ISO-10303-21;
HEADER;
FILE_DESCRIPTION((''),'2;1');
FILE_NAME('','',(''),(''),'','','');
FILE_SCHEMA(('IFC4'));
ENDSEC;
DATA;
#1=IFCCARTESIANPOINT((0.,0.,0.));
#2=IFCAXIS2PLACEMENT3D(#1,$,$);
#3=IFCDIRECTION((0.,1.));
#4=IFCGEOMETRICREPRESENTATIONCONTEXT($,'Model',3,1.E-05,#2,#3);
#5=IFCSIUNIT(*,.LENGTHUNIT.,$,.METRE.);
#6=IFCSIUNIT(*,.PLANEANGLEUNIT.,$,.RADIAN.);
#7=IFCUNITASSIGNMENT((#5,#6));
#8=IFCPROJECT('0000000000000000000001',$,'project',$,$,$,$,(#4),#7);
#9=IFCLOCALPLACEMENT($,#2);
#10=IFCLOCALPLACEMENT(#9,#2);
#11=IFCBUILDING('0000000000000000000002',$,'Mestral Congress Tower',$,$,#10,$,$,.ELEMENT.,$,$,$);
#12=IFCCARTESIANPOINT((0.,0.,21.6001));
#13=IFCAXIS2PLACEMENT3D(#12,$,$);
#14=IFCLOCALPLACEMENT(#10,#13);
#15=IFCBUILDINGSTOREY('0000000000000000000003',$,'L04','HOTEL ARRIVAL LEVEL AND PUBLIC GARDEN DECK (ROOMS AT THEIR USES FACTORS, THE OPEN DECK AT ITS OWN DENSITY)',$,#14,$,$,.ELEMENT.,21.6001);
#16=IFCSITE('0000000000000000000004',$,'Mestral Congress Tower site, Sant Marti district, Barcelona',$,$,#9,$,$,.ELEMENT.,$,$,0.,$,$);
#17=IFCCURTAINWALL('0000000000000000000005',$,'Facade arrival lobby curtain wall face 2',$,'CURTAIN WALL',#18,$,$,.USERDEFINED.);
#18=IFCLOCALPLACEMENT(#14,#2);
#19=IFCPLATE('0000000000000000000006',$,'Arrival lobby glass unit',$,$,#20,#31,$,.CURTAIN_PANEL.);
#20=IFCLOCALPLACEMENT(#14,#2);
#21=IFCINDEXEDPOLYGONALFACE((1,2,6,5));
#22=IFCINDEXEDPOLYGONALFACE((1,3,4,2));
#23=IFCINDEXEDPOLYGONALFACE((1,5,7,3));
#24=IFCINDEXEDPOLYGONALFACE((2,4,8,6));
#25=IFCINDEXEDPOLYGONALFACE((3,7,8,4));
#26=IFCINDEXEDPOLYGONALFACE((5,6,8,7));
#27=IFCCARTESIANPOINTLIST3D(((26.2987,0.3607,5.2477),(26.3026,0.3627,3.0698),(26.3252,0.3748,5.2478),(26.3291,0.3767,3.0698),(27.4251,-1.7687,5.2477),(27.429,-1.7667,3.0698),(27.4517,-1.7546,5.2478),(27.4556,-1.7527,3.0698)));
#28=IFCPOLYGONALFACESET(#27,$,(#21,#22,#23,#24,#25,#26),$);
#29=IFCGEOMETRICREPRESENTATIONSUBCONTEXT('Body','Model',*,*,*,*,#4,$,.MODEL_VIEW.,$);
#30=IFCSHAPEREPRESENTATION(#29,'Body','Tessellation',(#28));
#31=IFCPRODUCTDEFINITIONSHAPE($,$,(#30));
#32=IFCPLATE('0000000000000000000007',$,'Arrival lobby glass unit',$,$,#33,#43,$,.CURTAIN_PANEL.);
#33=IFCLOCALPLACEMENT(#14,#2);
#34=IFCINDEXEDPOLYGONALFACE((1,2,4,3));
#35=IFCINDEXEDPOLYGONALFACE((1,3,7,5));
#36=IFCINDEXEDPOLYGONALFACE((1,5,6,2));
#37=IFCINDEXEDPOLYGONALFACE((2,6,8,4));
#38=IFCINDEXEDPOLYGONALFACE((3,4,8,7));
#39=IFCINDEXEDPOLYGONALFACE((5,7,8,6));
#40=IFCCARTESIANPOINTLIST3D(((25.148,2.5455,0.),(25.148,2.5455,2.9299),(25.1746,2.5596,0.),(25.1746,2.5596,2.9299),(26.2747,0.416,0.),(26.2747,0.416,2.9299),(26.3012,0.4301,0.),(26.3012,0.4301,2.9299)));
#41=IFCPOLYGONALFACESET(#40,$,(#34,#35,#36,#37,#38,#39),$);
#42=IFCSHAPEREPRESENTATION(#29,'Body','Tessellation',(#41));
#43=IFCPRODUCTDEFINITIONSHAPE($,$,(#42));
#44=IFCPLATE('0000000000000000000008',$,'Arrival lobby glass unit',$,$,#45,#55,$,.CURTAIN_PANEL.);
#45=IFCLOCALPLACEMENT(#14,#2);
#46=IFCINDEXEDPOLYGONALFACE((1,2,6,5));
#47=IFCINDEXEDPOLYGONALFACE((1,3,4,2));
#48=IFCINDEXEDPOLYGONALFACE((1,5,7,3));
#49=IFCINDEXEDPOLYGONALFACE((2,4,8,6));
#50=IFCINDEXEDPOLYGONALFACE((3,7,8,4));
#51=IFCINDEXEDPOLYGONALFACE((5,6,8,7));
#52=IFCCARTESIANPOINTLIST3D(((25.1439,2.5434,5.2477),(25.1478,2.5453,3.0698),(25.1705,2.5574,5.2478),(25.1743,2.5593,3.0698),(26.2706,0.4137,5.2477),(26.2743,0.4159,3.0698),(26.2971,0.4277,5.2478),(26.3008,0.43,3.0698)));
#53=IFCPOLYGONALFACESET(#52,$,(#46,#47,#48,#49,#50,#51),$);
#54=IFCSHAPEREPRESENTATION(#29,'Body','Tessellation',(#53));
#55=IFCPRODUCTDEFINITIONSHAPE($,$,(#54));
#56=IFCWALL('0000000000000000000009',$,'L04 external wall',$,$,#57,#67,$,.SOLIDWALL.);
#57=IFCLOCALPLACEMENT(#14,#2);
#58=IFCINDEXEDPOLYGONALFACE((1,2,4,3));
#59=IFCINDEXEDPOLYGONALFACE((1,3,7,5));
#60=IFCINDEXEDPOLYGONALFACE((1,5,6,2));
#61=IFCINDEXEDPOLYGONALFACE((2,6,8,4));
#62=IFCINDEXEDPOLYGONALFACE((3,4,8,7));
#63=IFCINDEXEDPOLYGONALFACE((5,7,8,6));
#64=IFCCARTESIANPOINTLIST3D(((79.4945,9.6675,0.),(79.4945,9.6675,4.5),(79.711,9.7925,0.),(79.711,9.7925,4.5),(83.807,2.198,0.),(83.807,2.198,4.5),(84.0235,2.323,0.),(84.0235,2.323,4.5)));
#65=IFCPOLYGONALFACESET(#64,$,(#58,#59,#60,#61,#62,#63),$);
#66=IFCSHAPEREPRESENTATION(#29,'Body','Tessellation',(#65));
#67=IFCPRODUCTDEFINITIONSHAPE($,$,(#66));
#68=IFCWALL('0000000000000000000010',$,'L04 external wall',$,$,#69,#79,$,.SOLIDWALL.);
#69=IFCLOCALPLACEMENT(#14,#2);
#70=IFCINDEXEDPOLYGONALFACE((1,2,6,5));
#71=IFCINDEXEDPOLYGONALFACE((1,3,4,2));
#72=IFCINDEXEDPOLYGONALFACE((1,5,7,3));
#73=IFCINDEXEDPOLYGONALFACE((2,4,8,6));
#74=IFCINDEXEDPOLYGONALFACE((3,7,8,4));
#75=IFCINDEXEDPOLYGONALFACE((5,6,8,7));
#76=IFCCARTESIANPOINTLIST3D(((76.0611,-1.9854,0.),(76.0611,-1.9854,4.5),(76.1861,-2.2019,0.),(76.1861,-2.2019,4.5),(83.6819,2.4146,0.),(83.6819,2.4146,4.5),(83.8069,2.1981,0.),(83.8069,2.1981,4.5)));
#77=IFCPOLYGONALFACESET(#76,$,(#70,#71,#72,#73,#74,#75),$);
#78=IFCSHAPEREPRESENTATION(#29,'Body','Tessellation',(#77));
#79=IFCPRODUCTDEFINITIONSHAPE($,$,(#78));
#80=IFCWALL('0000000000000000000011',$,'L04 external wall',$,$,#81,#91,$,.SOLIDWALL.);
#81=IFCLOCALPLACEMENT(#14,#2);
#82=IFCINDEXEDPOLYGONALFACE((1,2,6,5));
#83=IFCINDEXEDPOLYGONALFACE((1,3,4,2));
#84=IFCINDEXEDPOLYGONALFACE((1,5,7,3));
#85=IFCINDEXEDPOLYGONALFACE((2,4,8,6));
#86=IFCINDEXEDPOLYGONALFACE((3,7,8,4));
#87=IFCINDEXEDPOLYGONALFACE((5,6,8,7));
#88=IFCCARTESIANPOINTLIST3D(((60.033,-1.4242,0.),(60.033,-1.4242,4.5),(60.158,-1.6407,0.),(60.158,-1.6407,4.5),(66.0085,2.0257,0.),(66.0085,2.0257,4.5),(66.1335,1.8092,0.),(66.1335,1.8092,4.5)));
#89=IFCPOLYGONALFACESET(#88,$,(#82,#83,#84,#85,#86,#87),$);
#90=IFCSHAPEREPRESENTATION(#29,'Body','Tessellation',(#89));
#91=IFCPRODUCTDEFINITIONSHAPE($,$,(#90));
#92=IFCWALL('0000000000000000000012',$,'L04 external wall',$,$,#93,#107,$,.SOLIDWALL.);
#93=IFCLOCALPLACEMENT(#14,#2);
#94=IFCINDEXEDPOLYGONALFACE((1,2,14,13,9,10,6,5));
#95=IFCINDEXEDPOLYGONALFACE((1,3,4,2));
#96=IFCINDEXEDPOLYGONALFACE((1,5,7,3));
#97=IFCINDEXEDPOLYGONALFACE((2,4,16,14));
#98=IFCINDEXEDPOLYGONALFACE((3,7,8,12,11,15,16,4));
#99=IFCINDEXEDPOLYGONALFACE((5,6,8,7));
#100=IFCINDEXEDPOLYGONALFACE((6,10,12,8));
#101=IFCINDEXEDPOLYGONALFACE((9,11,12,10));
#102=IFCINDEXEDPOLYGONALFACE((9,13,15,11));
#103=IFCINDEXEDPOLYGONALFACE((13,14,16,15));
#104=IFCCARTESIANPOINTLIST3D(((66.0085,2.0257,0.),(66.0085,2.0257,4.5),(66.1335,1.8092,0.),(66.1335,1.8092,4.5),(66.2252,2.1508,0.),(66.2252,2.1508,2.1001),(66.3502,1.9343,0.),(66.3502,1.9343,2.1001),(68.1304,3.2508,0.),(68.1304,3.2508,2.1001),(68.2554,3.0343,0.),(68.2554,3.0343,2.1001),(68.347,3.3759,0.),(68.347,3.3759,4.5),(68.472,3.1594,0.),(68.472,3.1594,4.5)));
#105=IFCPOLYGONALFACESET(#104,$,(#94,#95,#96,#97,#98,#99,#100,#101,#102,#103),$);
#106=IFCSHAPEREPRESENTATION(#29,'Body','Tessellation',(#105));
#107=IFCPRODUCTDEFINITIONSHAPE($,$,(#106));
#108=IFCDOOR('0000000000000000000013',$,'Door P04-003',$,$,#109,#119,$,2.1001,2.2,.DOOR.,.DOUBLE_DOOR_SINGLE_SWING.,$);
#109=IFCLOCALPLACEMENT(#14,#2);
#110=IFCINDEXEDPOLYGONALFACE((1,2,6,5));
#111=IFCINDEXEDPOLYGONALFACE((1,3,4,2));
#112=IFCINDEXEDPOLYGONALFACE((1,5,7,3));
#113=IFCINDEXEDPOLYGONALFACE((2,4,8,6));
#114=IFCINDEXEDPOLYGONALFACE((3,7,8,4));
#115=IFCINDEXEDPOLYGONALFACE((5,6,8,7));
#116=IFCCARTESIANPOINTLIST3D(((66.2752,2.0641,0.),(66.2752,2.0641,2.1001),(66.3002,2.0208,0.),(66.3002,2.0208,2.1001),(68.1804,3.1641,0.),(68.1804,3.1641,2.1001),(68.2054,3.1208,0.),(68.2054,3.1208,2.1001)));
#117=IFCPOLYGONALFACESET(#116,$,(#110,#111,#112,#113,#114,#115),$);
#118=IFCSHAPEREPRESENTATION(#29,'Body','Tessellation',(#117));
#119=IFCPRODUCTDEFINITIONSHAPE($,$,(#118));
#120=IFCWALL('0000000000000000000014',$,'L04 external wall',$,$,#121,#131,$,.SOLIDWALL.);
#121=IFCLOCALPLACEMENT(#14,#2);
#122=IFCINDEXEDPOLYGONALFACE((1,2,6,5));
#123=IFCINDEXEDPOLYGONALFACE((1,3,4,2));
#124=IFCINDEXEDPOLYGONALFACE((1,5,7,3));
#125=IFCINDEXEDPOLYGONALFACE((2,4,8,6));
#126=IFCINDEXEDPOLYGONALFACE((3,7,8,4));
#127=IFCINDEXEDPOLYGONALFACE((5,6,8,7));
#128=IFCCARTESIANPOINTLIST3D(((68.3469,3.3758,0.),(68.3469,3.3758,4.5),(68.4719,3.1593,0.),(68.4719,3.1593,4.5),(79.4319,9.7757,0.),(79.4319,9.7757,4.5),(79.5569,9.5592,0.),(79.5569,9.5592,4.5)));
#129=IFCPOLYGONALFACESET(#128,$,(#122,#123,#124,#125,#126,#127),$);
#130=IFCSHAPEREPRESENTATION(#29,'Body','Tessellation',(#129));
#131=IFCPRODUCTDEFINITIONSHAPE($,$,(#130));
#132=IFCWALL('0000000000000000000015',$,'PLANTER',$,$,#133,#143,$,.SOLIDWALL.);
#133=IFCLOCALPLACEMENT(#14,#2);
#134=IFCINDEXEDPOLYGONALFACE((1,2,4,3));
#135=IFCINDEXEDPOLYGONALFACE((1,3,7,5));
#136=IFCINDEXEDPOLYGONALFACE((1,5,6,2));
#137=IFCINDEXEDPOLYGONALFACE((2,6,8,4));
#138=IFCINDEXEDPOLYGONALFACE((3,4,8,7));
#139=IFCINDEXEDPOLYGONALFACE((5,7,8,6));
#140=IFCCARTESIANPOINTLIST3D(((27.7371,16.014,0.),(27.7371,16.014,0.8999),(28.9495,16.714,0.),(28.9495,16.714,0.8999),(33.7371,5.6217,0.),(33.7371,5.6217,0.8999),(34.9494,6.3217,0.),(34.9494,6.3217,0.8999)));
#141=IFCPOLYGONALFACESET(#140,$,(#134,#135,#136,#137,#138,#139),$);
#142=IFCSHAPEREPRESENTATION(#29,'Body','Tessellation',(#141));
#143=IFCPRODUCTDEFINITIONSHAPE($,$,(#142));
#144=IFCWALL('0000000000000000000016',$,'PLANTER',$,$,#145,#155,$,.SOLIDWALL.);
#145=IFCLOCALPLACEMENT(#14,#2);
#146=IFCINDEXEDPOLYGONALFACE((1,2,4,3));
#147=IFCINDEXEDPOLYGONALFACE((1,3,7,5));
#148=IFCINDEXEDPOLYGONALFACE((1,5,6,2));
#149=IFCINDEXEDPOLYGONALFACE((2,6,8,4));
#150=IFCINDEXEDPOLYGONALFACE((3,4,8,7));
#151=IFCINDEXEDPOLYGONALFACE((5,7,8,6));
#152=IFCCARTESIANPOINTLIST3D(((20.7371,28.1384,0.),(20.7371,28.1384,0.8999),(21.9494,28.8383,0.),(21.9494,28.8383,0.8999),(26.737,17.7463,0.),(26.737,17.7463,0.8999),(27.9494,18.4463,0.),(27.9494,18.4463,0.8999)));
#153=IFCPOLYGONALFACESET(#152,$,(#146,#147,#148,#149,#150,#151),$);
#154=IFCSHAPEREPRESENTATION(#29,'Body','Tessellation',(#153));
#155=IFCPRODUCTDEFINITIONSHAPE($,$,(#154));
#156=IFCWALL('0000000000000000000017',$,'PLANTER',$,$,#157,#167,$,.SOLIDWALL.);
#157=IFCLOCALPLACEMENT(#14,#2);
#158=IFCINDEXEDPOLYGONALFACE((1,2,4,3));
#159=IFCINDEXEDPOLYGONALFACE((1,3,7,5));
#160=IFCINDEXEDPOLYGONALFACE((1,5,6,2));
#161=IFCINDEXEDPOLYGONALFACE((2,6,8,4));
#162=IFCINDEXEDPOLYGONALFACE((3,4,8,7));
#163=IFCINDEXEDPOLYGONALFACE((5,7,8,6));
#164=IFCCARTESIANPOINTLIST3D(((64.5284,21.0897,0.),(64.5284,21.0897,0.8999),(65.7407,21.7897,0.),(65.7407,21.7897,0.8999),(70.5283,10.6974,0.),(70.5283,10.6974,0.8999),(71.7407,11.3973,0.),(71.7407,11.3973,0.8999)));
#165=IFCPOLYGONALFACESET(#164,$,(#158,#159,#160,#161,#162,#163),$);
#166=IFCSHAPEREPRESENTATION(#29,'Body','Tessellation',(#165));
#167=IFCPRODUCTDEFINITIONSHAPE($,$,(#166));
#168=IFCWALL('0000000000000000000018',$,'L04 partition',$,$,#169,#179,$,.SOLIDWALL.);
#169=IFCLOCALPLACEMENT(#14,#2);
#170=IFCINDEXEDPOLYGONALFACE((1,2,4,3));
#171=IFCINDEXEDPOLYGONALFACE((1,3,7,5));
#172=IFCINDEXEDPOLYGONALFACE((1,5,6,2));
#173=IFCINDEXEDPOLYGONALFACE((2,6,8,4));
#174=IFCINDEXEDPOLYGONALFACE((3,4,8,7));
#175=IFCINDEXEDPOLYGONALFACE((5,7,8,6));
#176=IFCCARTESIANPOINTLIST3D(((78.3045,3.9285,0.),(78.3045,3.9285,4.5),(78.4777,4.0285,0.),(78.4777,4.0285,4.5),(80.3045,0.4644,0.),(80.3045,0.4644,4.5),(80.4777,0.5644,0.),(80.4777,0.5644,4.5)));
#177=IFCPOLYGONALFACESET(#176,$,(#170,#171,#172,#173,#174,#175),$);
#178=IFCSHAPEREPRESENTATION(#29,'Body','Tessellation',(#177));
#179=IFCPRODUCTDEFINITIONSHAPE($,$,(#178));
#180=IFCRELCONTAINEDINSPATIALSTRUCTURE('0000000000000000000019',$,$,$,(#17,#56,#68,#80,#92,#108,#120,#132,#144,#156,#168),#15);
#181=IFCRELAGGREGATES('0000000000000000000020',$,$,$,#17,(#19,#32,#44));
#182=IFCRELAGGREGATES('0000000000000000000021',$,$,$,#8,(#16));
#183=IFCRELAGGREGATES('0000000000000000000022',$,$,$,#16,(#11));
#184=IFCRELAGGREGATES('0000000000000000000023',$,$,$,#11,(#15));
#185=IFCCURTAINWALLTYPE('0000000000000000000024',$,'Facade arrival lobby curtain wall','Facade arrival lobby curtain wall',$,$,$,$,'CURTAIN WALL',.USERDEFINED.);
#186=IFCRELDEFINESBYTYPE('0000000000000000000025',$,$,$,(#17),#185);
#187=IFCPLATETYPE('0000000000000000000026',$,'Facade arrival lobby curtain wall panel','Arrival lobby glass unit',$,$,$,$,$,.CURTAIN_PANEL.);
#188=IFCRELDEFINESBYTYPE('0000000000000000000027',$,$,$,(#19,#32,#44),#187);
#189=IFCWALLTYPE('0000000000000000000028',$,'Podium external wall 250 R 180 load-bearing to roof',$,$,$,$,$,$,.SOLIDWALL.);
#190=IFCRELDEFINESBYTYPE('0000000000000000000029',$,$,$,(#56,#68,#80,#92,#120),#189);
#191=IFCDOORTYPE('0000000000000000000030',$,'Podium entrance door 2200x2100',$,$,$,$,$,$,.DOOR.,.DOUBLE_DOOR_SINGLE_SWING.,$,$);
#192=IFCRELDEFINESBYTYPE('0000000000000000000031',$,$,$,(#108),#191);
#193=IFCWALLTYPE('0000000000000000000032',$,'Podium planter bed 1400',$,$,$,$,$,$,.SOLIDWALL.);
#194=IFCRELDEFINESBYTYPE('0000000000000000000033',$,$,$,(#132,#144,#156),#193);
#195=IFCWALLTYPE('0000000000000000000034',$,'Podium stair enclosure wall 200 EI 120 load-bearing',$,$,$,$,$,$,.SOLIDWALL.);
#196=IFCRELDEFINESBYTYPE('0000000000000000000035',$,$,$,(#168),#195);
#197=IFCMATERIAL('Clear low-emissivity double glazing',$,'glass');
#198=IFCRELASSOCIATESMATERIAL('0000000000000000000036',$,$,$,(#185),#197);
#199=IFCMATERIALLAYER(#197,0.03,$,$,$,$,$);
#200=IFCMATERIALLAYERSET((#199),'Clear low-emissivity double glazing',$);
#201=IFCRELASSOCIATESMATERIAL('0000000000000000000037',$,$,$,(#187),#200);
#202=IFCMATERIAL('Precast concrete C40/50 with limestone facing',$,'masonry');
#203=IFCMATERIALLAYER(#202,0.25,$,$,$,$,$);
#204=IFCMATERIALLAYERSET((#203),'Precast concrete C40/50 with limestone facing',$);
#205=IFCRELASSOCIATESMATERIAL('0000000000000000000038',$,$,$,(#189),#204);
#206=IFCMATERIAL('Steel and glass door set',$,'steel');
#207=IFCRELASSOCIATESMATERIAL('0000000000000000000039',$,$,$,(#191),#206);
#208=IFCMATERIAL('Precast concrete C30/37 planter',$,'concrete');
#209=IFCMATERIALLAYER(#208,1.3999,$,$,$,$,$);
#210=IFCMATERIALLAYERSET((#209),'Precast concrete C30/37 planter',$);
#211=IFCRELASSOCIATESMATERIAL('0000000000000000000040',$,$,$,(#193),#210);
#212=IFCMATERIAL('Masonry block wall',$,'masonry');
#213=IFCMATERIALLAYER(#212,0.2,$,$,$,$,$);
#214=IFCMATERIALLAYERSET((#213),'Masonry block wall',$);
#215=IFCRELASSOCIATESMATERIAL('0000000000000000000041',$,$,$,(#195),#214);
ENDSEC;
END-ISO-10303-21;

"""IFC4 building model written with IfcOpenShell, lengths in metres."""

from ifc_helpers import new_model, si_unit, direction, frame, frame_2d, origin, origin_2d, place, context, subcontext, project, spatial, polyline, rectangle, outline, extrude, material, layer, layer_set, type_object, element, fill, aggregate, save


model = new_model("IFC4")

# Units and contexts
model_context = context("Model", 3, precision=1e-05, world=origin(), true_north=direction((0.0, 1.0)))
body_context = subcontext(model_context, "Body", "Model", "MODEL_VIEW")
ifc_project = project(units=[si_unit("LENGTHUNIT", "METRE"), si_unit("PLANEANGLEUNIT", "RADIAN")], contexts=[model_context])

# Site, building, storey
site_placement = place(None, origin())
site = spatial("IfcSite", under=ifc_project, at=site_placement, Name="Mestral Congress Tower site, Sant Marti district, Barcelona", CompositionType="ELEMENT", RefElevation=0.0)
building_placement = place(site_placement, origin())
building = spatial("IfcBuilding", under=site, at=building_placement, Name="Mestral Congress Tower", CompositionType="ELEMENT")
storey_placement = place(building_placement, frame((0.0, 0.0, 21.6001)))
storey = spatial("IfcBuildingStorey", under=building, at=storey_placement, Name="L04", Description="HOTEL ARRIVAL LEVEL AND PUBLIC GARDEN DECK (ROOMS AT THEIR USES FACTORS, THE OPEN DECK AT ITS OWN DENSITY)", CompositionType="ELEMENT", Elevation=21.6001)

# Curtain wall
ifc_material_1 = material(Name="Clear low-emissivity double glazing", Category="glass")
curtain_wall_type = type_object("IfcCurtainWallType", Name="Facade arrival lobby curtain wall", Description="Facade arrival lobby curtain wall", ElementType="CURTAIN WALL", PredefinedType="USERDEFINED", material=ifc_material_1)
curtain_wall_placement = place(storey_placement, origin())
curtain_wall = element("IfcCurtainWall", 1, at=curtain_wall_placement, inside=storey, type_object=curtain_wall_type, Name="Facade arrival lobby curtain wall face 2", ObjectType="CURTAIN WALL", PredefinedType="USERDEFINED")

# Plates
ifc_layer_1 = layer(ifc_material_1, 0.03)
ifc_layer_set_1 = layer_set([ifc_layer_1], Name="Clear low-emissivity double glazing")
plate_type = type_object("IfcPlateType", Name="Facade arrival lobby curtain wall panel", Description="Arrival lobby glass unit", PredefinedType="CURTAIN_PANEL", material=ifc_layer_set_1)
plate_1_placement = place(storey_placement, frame((26.3291, 0.3767, 3.0698), z_axis=(0.883934, 0.467607, 0.002005), x_axis=(0.467608, -0.883936, 0.0)))
plate_1 = element("IfcPlate", 2, at=plate_1_placement, type_object=plate_type, Name="Arrival lobby glass unit", PredefinedType="CURTAIN_PANEL", context=body_context, shape_type="SweptSolid", body=[
    extrude(outline(polyline([(0.0, 0.0), (2.409, 0.0), (2.4089, -2.178), (-0.0001, -2.178), (0.0, 0.0)])), origin(), (0.0, 0.0, -1.0), 0.03),
])
plate_2_placement = place(storey_placement, frame((25.7246, 1.4878, 0.0), z_axis=(0.0, 0.0, 1.0), x_axis=(-0.467651, 0.883913, 0.0)))
plate_2 = element("IfcPlate", 3, at=plate_2_placement, type_object=plate_type, Name="Arrival lobby glass unit", PredefinedType="CURTAIN_PANEL", context=body_context, shape_type="SweptSolid", body=[
    extrude(rectangle(XDim=2.4092, YDim=0.03, at=origin_2d()), origin(), (0.0, 0.0, 1.0), 2.9299),
])
plate_3_placement = place(storey_placement, frame((25.1743, 2.5593, 3.0698), z_axis=(0.883924, 0.467626, 0.001981), x_axis=(0.467627, -0.883926, 0.0)))
plate_3 = element("IfcPlate", 4, at=plate_3_placement, type_object=plate_type, Name="Arrival lobby glass unit", PredefinedType="CURTAIN_PANEL", context=body_context, shape_type="SweptSolid", body=[
    extrude(outline(polyline([(0.0, 0.0), (2.409, 0.0), (2.4092, -2.178), (-0.0001, -2.178), (0.0, 0.0)])), origin(), (0.0, 0.0, -1.0), 0.03),
])
aggregate(curtain_wall, [plate_1, plate_2, plate_3])

# Walls
ifc_material_2 = material(Name="Precast concrete C40/50 with limestone facing", Category="masonry")
ifc_layer_2 = layer(ifc_material_2, 0.25)
ifc_layer_set_2 = layer_set([ifc_layer_2], Name="Precast concrete C40/50 with limestone facing")
wall_type_1 = type_object("IfcWallType", Name="Podium external wall 250 R 180 load-bearing to roof", PredefinedType="SOLIDWALL", material=ifc_layer_set_2)
wall_1_placement = place(storey_placement, frame((79.6028, 9.73, 0.0), z_axis=(0.0, 0.0, 1.0), x_axis=(0.499999, -0.866026, 0.0)))
element("IfcWall", 5, at=wall_1_placement, inside=storey, type_object=wall_type_1, Name="L04 external wall", PredefinedType="SOLIDWALL", context=body_context, shape_type="SweptSolid", body=[
    extrude(rectangle(XDim=8.625, YDim=0.25, at=frame_2d((4.3125, 0.0))), origin(), (0.0, 0.0, 1.0), 4.5),
])
wall_2_placement = place(storey_placement, frame((83.7444, 2.3064, 0.0), z_axis=(0.0, 0.0, 1.0), x_axis=(-0.866013, -0.500021, 0.0)))
element("IfcWall", 6, at=wall_2_placement, inside=storey, type_object=wall_type_1, Name="L04 external wall", PredefinedType="SOLIDWALL", context=body_context, shape_type="SweptSolid", body=[
    extrude(rectangle(XDim=8.7998, YDim=0.25, at=frame_2d((4.3999, 0.0))), origin(), (0.0, 0.0, 1.0), 4.5),
])
wall_3_placement = place(storey_placement, frame((66.071, 1.9175, 0.0), z_axis=(0.0, 0.0, 1.0), x_axis=(-0.866029, -0.499994, 0.0)))
element("IfcWall", 7, at=wall_3_placement, inside=storey, type_object=wall_type_1, Name="L04 external wall", PredefinedType="SOLIDWALL", context=body_context, shape_type="SweptSolid", body=[
    extrude(rectangle(XDim=6.8999, YDim=0.25, at=frame_2d((3.45, 0.0))), origin(), (0.0, 0.0, 1.0), 4.5),
])

# Wall, opening, door
wall_4_placement = place(storey_placement, frame((66.071, 1.9175, 0.0), z_axis=(0.0, 0.0, 1.0), x_axis=(0.86602, 0.500009, 0.0)))
wall_4 = element("IfcWall", 8, at=wall_4_placement, inside=storey, type_object=wall_type_1, Name="L04 external wall", PredefinedType="SOLIDWALL", context=body_context, shape_type="SweptSolid", body=[
    extrude(rectangle(XDim=2.7002, YDim=0.25, at=frame_2d((1.3501, 0.0))), origin(), (0.0, 0.0, 1.0), 4.5),
])
opening_1_placement = place(wall_4_placement, frame((0.25, 0.0, 0.0)))
opening_1 = element("IfcOpeningElement", 9, at=opening_1_placement, cuts=wall_4, PredefinedType="OPENING", context=body_context, shape_type="SweptSolid", body=[
    extrude(rectangle(XDim=2.2, YDim=2.1001, at=frame_2d((1.1001, 1.05))), frame((0.0, 0.135, 0.0), z_axis=(0.0, -1.0, 0.0), x_axis=(1.0, 0.0, 0.0)), (0.0, 0.0, 1.0), 0.27),
])
ifc_material_3 = material(Name="Steel and glass door set", Category="steel")
door_type_1 = type_object("IfcDoorType", Name="Podium entrance door 2200x2100", OperationType="DOUBLE_DOOR_SINGLE_SWING", PredefinedType="DOOR", material=ifc_material_3)
door_1_placement = place(opening_1_placement, origin())
door_1 = element("IfcDoor", 10, at=door_1_placement, inside=storey, type_object=door_type_1, Name="Door P04-003", OperationType="DOUBLE_DOOR_SINGLE_SWING", OverallHeight=2.1001, OverallWidth=2.2, PredefinedType="DOOR", context=body_context, shape_type="SweptSolid", body=[
    extrude(rectangle(XDim=2.2, YDim=2.1001, at=frame_2d((1.1001, 1.05))), frame((0.0, 0.0249, 0.0), z_axis=(0.0, -1.0, 0.0), x_axis=(1.0, 0.0, 0.0)), (0.0, 0.0, 1.0), 0.05),
])
fill(opening_1, door_1)

# Walls
wall_5_placement = place(storey_placement, frame((79.4944, 9.6675, 0.0), z_axis=(0.0, 0.0, 1.0), x_axis=(-0.866025, -0.5, 0.0)))
element("IfcWall", 11, at=wall_5_placement, inside=storey, type_object=wall_type_1, Name="L04 external wall", PredefinedType="SOLIDWALL", context=body_context, shape_type="SweptSolid", body=[
    extrude(rectangle(XDim=12.7998, YDim=0.25, at=frame_2d((6.3999, 0.0))), origin(), (0.0, 0.0, 1.0), 4.5),
])
ifc_material_4 = material(Name="Precast concrete C30/37 planter", Category="concrete")
ifc_layer_3 = layer(ifc_material_4, 1.3999)
ifc_layer_set_3 = layer_set([ifc_layer_3], Name="Precast concrete C30/37 planter")
wall_type_2 = type_object("IfcWallType", Name="Podium planter bed 1400", PredefinedType="SOLIDWALL", material=ifc_layer_set_3)
wall_6_placement = place(storey_placement, frame((34.3433, 5.9717, 0.0), z_axis=(0.0, 0.0, 1.0), x_axis=(-0.499999, 0.866026, 0.0)))
element("IfcWall", 12, at=wall_6_placement, inside=storey, type_object=wall_type_2, Name="PLANTER", PredefinedType="SOLIDWALL", context=body_context, shape_type="SweptSolid", body=[
    extrude(rectangle(XDim=12.0, YDim=1.3999, at=frame_2d((6.0, 0.0))), origin(), (0.0, 0.0, 1.0), 0.8999),
])
wall_7_placement = place(storey_placement, frame((27.3433, 18.0962, 0.0), z_axis=(0.0, 0.0, 1.0), x_axis=(-0.500008, 0.866021, 0.0)))
element("IfcWall", 13, at=wall_7_placement, inside=storey, type_object=wall_type_2, Name="PLANTER", PredefinedType="SOLIDWALL", context=body_context, shape_type="SweptSolid", body=[
    extrude(rectangle(XDim=11.9998, YDim=1.3999, at=frame_2d((6.0, 0.0))), origin(), (0.0, 0.0, 1.0), 0.8999),
])
wall_8_placement = place(storey_placement, frame((71.1345, 11.0474, 0.0), z_axis=(0.0, 0.0, 1.0), x_axis=(-0.499999, 0.866026, 0.0)))
element("IfcWall", 14, at=wall_8_placement, inside=storey, type_object=wall_type_2, Name="PLANTER", PredefinedType="SOLIDWALL", context=body_context, shape_type="SweptSolid", body=[
    extrude(rectangle(XDim=12.0, YDim=1.3999, at=frame_2d((6.0, 0.0))), origin(), (0.0, 0.0, 1.0), 0.8999),
])
ifc_material_5 = material(Name="Masonry block wall", Category="masonry")
ifc_layer_4 = layer(ifc_material_5, 0.2)
ifc_layer_set_4 = layer_set([ifc_layer_4], Name="Masonry block wall")
wall_type_3 = type_object("IfcWallType", Name="Podium stair enclosure wall 200 EI 120 load-bearing", PredefinedType="SOLIDWALL", material=ifc_layer_set_4)
wall_9_placement = place(storey_placement, frame((80.3911, 0.5144, 0.0), z_axis=(0.0, 0.0, 1.0), x_axis=(-0.499999, 0.866026, 0.0)))
element("IfcWall", 15, at=wall_9_placement, inside=storey, type_object=wall_type_3, Name="L04 partition", PredefinedType="SOLIDWALL", context=body_context, shape_type="SweptSolid", body=[
    extrude(rectangle(XDim=4.0, YDim=0.2, at=frame_2d((2.0, 0.0))), origin(), (0.0, 0.0, 1.0), 4.5),
])

save(model, "model.ifc")
